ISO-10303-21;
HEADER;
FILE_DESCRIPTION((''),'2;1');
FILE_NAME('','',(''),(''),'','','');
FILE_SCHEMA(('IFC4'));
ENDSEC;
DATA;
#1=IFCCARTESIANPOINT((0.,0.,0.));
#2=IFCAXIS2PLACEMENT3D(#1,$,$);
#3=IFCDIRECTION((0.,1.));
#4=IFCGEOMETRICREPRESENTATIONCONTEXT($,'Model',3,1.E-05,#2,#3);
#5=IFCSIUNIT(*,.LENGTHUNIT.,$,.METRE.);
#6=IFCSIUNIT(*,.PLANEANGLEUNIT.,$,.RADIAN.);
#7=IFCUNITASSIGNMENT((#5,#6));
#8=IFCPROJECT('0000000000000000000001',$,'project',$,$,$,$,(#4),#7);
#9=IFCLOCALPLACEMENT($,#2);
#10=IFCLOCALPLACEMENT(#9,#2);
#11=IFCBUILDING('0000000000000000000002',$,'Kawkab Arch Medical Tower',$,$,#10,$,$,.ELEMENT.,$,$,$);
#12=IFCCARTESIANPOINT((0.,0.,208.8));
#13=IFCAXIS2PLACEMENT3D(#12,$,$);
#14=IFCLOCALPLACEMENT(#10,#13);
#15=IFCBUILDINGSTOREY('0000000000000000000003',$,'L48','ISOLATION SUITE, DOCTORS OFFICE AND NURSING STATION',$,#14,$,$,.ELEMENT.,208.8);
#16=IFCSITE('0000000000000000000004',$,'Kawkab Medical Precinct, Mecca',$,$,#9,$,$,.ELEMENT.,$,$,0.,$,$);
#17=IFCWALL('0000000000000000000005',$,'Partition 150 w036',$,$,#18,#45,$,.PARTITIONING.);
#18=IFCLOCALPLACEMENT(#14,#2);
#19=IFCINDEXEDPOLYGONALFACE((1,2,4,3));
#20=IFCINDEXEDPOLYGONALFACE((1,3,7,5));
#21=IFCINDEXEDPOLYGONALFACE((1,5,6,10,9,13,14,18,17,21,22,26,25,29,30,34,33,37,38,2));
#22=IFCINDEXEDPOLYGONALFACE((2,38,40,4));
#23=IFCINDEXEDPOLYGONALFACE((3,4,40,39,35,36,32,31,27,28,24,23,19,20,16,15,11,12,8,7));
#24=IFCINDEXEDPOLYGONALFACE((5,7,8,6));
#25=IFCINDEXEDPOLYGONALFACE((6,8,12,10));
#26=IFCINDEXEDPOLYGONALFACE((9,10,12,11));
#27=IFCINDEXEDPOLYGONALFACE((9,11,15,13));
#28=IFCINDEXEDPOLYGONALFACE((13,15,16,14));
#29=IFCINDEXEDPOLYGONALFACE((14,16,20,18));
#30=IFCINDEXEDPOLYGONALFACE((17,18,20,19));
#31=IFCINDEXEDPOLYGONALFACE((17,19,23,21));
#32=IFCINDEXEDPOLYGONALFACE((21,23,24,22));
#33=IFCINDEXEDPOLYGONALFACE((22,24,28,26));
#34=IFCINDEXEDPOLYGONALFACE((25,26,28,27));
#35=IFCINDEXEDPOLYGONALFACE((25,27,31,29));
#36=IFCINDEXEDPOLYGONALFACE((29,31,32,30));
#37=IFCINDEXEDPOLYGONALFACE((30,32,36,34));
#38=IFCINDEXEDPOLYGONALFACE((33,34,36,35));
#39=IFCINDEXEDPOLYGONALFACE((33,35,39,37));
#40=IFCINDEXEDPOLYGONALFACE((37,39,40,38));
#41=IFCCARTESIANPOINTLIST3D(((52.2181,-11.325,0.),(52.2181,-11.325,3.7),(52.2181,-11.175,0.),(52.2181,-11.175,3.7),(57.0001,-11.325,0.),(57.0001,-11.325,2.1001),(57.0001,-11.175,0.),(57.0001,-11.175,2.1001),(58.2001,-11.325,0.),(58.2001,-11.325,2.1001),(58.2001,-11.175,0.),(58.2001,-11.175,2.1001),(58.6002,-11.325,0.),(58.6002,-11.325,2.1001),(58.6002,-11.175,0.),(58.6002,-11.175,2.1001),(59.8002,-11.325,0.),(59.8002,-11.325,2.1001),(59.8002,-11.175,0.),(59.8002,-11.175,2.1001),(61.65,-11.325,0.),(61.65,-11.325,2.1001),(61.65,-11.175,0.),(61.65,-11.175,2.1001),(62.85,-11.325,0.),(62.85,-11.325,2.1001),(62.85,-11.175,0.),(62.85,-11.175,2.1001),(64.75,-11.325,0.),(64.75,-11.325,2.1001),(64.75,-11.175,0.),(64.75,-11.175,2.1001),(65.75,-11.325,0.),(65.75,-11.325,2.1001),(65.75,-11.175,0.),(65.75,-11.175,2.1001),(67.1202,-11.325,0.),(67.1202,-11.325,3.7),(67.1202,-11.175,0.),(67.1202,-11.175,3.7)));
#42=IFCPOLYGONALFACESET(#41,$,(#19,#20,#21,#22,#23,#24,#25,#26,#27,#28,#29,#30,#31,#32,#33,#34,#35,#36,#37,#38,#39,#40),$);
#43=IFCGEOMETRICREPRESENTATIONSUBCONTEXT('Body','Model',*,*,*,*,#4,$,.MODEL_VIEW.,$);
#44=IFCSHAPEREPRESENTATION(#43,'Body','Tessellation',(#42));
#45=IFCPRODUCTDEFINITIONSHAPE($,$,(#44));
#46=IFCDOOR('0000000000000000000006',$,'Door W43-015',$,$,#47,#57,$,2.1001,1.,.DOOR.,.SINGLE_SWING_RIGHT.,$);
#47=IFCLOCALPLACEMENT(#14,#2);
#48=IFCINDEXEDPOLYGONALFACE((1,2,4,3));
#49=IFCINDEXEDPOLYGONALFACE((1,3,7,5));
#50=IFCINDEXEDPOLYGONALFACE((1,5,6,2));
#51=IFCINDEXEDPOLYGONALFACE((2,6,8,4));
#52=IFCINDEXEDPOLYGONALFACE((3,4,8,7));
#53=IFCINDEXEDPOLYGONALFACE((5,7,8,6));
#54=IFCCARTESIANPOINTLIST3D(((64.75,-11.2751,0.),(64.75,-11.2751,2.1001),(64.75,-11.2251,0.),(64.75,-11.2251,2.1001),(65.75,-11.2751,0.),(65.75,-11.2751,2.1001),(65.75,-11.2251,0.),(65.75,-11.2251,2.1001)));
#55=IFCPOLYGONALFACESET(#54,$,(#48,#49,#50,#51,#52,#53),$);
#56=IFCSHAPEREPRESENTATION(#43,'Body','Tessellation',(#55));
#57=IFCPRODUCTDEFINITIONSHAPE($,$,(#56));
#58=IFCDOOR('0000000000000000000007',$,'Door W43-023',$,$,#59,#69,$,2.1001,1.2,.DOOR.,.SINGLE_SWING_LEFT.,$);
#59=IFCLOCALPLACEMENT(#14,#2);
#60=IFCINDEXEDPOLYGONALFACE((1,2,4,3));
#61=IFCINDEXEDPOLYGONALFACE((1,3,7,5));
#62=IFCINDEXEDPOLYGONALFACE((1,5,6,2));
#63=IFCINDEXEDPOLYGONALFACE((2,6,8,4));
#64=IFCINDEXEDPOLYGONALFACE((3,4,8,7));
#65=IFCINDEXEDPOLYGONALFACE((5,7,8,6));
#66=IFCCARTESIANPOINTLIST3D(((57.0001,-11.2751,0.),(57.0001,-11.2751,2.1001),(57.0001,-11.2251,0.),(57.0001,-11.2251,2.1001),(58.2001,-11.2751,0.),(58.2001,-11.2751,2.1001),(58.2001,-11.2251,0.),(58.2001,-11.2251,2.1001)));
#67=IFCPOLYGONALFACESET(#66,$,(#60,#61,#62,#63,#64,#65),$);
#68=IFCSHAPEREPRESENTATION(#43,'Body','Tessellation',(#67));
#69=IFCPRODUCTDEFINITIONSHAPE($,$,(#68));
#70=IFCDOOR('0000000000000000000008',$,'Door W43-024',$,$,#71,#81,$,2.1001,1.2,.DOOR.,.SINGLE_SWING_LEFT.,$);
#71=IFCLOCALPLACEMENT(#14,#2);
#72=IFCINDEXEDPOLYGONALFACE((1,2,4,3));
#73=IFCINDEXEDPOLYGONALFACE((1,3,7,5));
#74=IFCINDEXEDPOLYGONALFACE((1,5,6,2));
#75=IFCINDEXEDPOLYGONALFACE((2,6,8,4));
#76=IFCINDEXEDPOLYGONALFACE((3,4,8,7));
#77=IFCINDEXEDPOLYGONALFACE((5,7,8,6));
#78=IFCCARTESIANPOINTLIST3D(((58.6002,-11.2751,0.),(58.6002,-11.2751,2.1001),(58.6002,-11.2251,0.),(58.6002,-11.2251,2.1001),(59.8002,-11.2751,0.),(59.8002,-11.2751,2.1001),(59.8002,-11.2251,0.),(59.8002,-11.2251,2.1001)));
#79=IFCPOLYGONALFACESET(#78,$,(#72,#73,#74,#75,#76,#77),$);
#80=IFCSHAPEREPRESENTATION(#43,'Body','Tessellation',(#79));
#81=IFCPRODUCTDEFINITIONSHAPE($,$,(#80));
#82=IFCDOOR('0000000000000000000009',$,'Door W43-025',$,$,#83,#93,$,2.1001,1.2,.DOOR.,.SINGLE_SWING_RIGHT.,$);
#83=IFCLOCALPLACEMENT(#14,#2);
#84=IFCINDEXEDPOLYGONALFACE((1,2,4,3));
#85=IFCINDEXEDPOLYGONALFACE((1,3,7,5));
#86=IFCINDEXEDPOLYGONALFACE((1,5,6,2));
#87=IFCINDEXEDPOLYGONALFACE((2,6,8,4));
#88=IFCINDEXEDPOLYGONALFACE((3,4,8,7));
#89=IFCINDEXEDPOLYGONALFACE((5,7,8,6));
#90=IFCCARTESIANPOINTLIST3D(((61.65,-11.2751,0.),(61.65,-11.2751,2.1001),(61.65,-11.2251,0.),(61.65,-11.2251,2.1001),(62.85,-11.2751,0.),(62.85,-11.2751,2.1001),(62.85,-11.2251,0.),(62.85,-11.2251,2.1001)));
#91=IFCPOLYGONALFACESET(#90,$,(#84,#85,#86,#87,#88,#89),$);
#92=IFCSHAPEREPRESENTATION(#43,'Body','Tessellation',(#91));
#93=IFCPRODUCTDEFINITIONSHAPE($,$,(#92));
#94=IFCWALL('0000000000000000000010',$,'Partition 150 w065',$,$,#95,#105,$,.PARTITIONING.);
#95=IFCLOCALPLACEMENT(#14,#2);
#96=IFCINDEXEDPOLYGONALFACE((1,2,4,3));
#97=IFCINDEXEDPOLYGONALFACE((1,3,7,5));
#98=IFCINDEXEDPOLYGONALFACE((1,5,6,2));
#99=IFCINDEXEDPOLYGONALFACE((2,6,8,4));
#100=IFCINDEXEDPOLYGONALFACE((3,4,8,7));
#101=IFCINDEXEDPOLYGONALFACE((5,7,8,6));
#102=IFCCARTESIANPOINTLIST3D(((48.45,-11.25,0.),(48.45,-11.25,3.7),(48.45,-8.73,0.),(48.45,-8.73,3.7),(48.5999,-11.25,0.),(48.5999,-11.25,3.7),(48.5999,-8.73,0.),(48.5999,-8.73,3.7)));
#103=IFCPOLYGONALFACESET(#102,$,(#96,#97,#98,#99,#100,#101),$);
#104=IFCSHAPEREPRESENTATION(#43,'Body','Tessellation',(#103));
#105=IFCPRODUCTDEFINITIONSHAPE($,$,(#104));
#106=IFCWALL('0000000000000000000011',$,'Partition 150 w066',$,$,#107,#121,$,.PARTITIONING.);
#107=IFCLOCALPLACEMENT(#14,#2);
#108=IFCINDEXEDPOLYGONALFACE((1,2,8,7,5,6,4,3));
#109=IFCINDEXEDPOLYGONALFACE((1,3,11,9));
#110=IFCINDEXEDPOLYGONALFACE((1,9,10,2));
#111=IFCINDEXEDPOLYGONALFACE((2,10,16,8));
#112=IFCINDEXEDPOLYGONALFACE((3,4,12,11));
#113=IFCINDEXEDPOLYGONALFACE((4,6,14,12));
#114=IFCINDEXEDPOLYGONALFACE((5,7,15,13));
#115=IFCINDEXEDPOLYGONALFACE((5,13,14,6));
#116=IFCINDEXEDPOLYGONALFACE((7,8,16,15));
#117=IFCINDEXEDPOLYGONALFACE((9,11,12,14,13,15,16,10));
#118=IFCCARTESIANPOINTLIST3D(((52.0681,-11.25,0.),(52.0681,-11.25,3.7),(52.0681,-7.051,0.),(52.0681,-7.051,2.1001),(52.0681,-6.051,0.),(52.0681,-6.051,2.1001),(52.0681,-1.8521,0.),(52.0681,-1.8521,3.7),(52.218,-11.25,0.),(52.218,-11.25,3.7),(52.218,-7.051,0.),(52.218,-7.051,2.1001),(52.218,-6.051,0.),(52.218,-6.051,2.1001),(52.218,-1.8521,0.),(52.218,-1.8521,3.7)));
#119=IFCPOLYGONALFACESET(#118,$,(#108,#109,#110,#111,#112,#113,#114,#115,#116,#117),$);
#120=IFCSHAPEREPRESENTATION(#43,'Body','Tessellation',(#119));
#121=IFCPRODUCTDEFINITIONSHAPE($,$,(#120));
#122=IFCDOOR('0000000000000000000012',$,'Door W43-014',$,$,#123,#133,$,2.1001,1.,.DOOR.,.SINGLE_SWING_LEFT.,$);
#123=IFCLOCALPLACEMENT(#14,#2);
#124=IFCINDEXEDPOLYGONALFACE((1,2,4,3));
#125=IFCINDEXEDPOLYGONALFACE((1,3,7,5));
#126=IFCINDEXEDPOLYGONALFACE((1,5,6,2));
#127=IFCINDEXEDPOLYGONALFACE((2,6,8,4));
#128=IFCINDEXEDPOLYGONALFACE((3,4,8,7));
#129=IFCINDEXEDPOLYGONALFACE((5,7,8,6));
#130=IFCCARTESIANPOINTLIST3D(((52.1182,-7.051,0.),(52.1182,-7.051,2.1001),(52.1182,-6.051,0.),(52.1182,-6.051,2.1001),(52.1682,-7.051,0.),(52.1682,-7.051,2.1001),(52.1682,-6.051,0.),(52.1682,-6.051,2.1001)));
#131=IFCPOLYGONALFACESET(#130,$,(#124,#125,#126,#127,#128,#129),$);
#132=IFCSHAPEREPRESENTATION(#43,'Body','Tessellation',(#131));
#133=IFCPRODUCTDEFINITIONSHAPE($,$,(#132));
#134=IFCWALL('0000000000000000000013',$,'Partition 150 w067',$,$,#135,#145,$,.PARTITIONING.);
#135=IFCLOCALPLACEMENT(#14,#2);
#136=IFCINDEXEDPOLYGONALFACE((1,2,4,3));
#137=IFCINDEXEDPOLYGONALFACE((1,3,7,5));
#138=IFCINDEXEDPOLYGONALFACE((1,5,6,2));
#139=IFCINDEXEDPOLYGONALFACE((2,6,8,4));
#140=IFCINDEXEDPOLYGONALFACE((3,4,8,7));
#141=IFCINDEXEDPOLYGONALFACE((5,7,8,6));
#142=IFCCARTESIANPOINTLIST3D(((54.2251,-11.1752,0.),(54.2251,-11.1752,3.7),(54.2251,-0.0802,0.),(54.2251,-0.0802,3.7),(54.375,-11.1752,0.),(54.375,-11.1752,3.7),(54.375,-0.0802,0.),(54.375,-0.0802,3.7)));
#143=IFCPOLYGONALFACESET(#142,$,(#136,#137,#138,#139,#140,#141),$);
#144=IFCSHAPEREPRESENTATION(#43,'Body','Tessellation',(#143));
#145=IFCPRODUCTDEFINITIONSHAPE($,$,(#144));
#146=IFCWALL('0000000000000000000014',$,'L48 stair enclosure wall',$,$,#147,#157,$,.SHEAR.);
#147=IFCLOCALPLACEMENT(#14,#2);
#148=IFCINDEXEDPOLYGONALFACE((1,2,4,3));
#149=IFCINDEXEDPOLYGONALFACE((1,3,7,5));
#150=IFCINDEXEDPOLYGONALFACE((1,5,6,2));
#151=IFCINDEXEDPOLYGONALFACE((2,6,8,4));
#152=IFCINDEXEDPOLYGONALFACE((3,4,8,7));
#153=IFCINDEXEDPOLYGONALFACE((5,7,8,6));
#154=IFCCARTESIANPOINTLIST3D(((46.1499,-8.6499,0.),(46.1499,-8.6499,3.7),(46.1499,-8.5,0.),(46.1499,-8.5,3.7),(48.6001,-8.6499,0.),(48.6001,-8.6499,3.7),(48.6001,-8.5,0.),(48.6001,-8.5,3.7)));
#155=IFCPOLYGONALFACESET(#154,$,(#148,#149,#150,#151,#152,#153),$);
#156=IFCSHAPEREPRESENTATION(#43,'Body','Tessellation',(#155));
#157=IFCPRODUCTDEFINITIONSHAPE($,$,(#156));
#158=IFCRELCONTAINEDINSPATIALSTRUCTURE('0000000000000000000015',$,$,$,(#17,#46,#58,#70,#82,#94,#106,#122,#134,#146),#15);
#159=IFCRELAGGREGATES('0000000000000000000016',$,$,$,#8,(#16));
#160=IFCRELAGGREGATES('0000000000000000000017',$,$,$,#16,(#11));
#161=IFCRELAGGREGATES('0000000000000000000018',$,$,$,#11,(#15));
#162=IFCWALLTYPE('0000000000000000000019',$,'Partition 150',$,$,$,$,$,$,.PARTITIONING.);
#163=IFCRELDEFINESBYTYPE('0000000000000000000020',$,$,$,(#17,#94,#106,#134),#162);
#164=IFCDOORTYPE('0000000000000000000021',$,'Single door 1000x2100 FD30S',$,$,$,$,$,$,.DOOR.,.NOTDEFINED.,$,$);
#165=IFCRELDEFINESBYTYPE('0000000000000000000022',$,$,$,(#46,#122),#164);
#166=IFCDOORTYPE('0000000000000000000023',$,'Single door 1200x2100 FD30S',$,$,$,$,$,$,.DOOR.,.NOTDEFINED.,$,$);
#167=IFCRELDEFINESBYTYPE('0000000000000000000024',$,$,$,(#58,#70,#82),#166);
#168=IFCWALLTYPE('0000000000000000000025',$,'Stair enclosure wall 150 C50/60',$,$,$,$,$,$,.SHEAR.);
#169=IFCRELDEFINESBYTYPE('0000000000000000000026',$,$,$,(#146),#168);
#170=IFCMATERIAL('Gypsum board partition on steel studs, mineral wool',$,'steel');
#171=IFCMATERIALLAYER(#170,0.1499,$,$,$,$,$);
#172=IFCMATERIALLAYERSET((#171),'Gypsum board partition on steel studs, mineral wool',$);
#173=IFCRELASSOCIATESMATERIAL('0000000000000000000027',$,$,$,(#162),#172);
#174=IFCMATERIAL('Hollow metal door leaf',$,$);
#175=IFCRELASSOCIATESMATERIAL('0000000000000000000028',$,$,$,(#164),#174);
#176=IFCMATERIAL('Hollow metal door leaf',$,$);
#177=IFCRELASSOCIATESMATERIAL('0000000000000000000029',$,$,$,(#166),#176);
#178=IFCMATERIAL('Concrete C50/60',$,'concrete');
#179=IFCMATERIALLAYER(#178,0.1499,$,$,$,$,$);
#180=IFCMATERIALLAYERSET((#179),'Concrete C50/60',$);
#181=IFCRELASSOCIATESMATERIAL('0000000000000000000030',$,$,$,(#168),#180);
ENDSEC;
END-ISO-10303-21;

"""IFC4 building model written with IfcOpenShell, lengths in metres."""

from ifc_helpers import new_model, si_unit, direction, frame, frame_2d, origin, place, context, subcontext, project, spatial, rectangle, extrude, material, layer, layer_set, type_object, element, fill, save


model = new_model("IFC4")

# Units and contexts
model_context = context("Model", 3, precision=1e-05, world=origin(), true_north=direction((0.0, 1.0)))
body_context = subcontext(model_context, "Body", "Model", "MODEL_VIEW")
ifc_project = project(units=[si_unit("LENGTHUNIT", "METRE"), si_unit("PLANEANGLEUNIT", "RADIAN")], contexts=[model_context])

# Site, building, storey
site_placement = place(None, origin())
site = spatial("IfcSite", under=ifc_project, at=site_placement, Name="Kawkab Medical Precinct, Mecca", CompositionType="ELEMENT", RefElevation=0.0)
building_placement = place(site_placement, origin())
building = spatial("IfcBuilding", under=site, at=building_placement, Name="Kawkab Arch Medical Tower", CompositionType="ELEMENT")
storey_placement = place(building_placement, frame((0.0, 0.0, 208.8)))
storey = spatial("IfcBuildingStorey", under=building, at=storey_placement, Name="L48", Description="ISOLATION SUITE, DOCTORS OFFICE AND NURSING STATION", CompositionType="ELEMENT", Elevation=208.8)

# Wall, openings, doors
ifc_material_1 = material(Name="Gypsum board partition on steel studs, mineral wool", Category="steel")
ifc_layer_1 = layer(ifc_material_1, 0.1499)
ifc_layer_set_1 = layer_set([ifc_layer_1], Name="Gypsum board partition on steel studs, mineral wool")
wall_type_1 = type_object("IfcWallType", Name="Partition 150", PredefinedType="PARTITIONING", material=ifc_layer_set_1)
wall_1_placement = place(storey_placement, frame((52.218, -11.25, 0.0), z_axis=(0.0, 0.0, 1.0), x_axis=(1.0, 0.0, 0.0)))
wall_1 = element("IfcWall", 1, at=wall_1_placement, inside=storey, type_object=wall_type_1, Name="Partition 150 w036", PredefinedType="PARTITIONING", context=body_context, shape_type="SweptSolid", body=[
    extrude(rectangle(XDim=14.9021, YDim=0.1499, at=frame_2d((7.4512, 0.0))), origin(), (0.0, 0.0, 1.0), 3.7),
])
opening_1_placement = place(wall_1_placement, frame((4.782, 0.0, 0.0)))
opening_1 = element("IfcOpeningElement", 2, at=opening_1_placement, cuts=wall_1, PredefinedType="OPENING", context=body_context, shape_type="SweptSolid", body=[
    extrude(rectangle(XDim=1.2, YDim=2.1001, at=frame_2d((0.6001, 1.05))), frame((0.0, 0.085, 0.0), z_axis=(0.0, -1.0, 0.0), x_axis=(1.0, 0.0, 0.0)), (0.0, 0.0, 1.0), 0.1699),
])
opening_2_placement = place(wall_1_placement, frame((6.3821, 0.0, 0.0)))
opening_2 = element("IfcOpeningElement", 3, at=opening_2_placement, cuts=wall_1, PredefinedType="OPENING", context=body_context, shape_type="SweptSolid", body=[
    extrude(rectangle(XDim=1.2, YDim=2.1001, at=frame_2d((0.6001, 1.05))), frame((0.0, 0.085, 0.0), z_axis=(0.0, -1.0, 0.0), x_axis=(1.0, 0.0, 0.0)), (0.0, 0.0, 1.0), 0.1699),
])
opening_3_placement = place(wall_1_placement, frame((9.4319, 0.0, 0.0)))
opening_3 = element("IfcOpeningElement", 4, at=opening_3_placement, cuts=wall_1, PredefinedType="OPENING", context=body_context, shape_type="SweptSolid", body=[
    extrude(rectangle(XDim=1.2, YDim=2.1001, at=frame_2d((0.6001, 1.05))), frame((0.0, 0.085, 0.0), z_axis=(0.0, -1.0, 0.0), x_axis=(1.0, 0.0, 0.0)), (0.0, 0.0, 1.0), 0.1699),
])
opening_4_placement = place(wall_1_placement, frame((12.532, 0.0, 0.0)))
opening_4 = element("IfcOpeningElement", 5, at=opening_4_placement, cuts=wall_1, PredefinedType="OPENING", context=body_context, shape_type="SweptSolid", body=[
    extrude(rectangle(XDim=1.0, YDim=2.1001, at=frame_2d((0.5, 1.05))), frame((0.0, 0.085, 0.0), z_axis=(0.0, -1.0, 0.0), x_axis=(1.0, 0.0, 0.0)), (0.0, 0.0, 1.0), 0.1699),
])
ifc_material_2 = material(Name="Hollow metal door leaf")
door_type_1 = type_object("IfcDoorType", Name="Single door 1000x2100 FD30S", OperationType="NOTDEFINED", PredefinedType="DOOR", material=ifc_material_2)
door_1_placement = place(opening_4_placement, origin())
door_1 = element("IfcDoor", 6, at=door_1_placement, inside=storey, type_object=door_type_1, Name="Door W43-015", OperationType="SINGLE_SWING_RIGHT", OverallHeight=2.1001, OverallWidth=1.0, PredefinedType="DOOR", context=body_context, shape_type="SweptSolid", body=[
    extrude(rectangle(XDim=1.0, YDim=2.1001, at=frame_2d((0.5, 1.05))), frame((0.0, 0.0249, 0.0), z_axis=(0.0, -1.0, 0.0), x_axis=(1.0, 0.0, 0.0)), (0.0, 0.0, 1.0), 0.05),
])
fill(opening_4, door_1)
ifc_material_3 = material(Name="Hollow metal door leaf")
door_type_2 = type_object("IfcDoorType", Name="Single door 1200x2100 FD30S", OperationType="NOTDEFINED", PredefinedType="DOOR", material=ifc_material_3)
door_2_placement = place(opening_1_placement, origin())
door_2 = element("IfcDoor", 7, at=door_2_placement, inside=storey, type_object=door_type_2, Name="Door W43-023", OperationType="SINGLE_SWING_LEFT", OverallHeight=2.1001, OverallWidth=1.2, PredefinedType="DOOR", context=body_context, shape_type="SweptSolid", body=[
    extrude(rectangle(XDim=1.2, YDim=2.1001, at=frame_2d((0.6001, 1.05))), frame((0.0, 0.0249, 0.0), z_axis=(0.0, -1.0, 0.0), x_axis=(1.0, 0.0, 0.0)), (0.0, 0.0, 1.0), 0.05),
])
fill(opening_1, door_2)
door_3_placement = place(opening_2_placement, origin())
door_3 = element("IfcDoor", 8, at=door_3_placement, inside=storey, type_object=door_type_2, Name="Door W43-024", OperationType="SINGLE_SWING_LEFT", OverallHeight=2.1001, OverallWidth=1.2, PredefinedType="DOOR", context=body_context, shape_type="SweptSolid", body=[
    extrude(rectangle(XDim=1.2, YDim=2.1001, at=frame_2d((0.6001, 1.05))), frame((0.0, 0.0249, 0.0), z_axis=(0.0, -1.0, 0.0), x_axis=(1.0, 0.0, 0.0)), (0.0, 0.0, 1.0), 0.05),
])
fill(opening_2, door_3)
door_4_placement = place(opening_3_placement, origin())
door_4 = element("IfcDoor", 9, at=door_4_placement, inside=storey, type_object=door_type_2, Name="Door W43-025", OperationType="SINGLE_SWING_RIGHT", OverallHeight=2.1001, OverallWidth=1.2, PredefinedType="DOOR", context=body_context, shape_type="SweptSolid", body=[
    extrude(rectangle(XDim=1.2, YDim=2.1001, at=frame_2d((0.6001, 1.05))), frame((0.0, 0.0249, 0.0), z_axis=(0.0, -1.0, 0.0), x_axis=(1.0, 0.0, 0.0)), (0.0, 0.0, 1.0), 0.05),
])
fill(opening_3, door_4)

# Wall
wall_2_placement = place(storey_placement, frame((48.5249, -11.25, 0.0), z_axis=(0.0, 0.0, 1.0), x_axis=(0.0, 1.0, 0.0)))
element("IfcWall", 10, at=wall_2_placement, inside=storey, type_object=wall_type_1, Name="Partition 150 w065", PredefinedType="PARTITIONING", context=body_context, shape_type="SweptSolid", body=[
    extrude(rectangle(XDim=2.52, YDim=0.1499, at=frame_2d((1.26, 0.0))), origin(), (0.0, 0.0, 1.0), 3.7),
])

# Wall, opening, door
wall_3_placement = place(storey_placement, frame((52.1431, -11.25, 0.0), z_axis=(0.0, 0.0, 1.0), x_axis=(0.0, 1.0, 0.0)))
wall_3 = element("IfcWall", 11, at=wall_3_placement, inside=storey, type_object=wall_type_1, Name="Partition 150 w066", PredefinedType="PARTITIONING", context=body_context, shape_type="SweptSolid", body=[
    extrude(rectangle(XDim=9.3979, YDim=0.1499, at=frame_2d((4.699, 0.0))), origin(), (0.0, 0.0, 1.0), 3.7),
])
opening_5_placement = place(wall_3_placement, frame((4.199, 0.0, 0.0)))
opening_5 = element("IfcOpeningElement", 12, at=opening_5_placement, cuts=wall_3, PredefinedType="OPENING", context=body_context, shape_type="SweptSolid", body=[
    extrude(rectangle(XDim=1.0, YDim=2.1001, at=frame_2d((0.5, 1.05))), frame((0.0, 0.085, 0.0), z_axis=(0.0, -1.0, 0.0), x_axis=(1.0, 0.0, 0.0)), (0.0, 0.0, 1.0), 0.1699),
])
door_5_placement = place(opening_5_placement, origin())
door_5 = element("IfcDoor", 13, at=door_5_placement, inside=storey, type_object=door_type_1, Name="Door W43-014", OperationType="SINGLE_SWING_LEFT", OverallHeight=2.1001, OverallWidth=1.0, PredefinedType="DOOR", context=body_context, shape_type="SweptSolid", body=[
    extrude(rectangle(XDim=1.0, YDim=2.1001, at=frame_2d((0.5, 1.05))), frame((0.0, 0.0249, 0.0), z_axis=(0.0, -1.0, 0.0), x_axis=(1.0, 0.0, 0.0)), (0.0, 0.0, 1.0), 0.05),
])
fill(opening_5, door_5)

# Walls
wall_4_placement = place(storey_placement, frame((54.3, -11.175, 0.0), z_axis=(0.0, 0.0, 1.0), x_axis=(0.0, 1.0, 0.0)))
element("IfcWall", 14, at=wall_4_placement, inside=storey, type_object=wall_type_1, Name="Partition 150 w067", PredefinedType="PARTITIONING", context=body_context, shape_type="SweptSolid", body=[
    extrude(rectangle(XDim=11.095, YDim=0.1499, at=frame_2d((5.5474, 0.0))), origin(), (0.0, 0.0, 1.0), 3.7),
])
ifc_material_4 = material(Name="Concrete C50/60", Category="concrete")
ifc_layer_2 = layer(ifc_material_4, 0.1499)
ifc_layer_set_2 = layer_set([ifc_layer_2], Name="Concrete C50/60")
wall_type_2 = type_object("IfcWallType", Name="Stair enclosure wall 150 C50/60", PredefinedType="SHEAR", material=ifc_layer_set_2)
wall_5_placement = place(storey_placement, frame((46.1499, -8.575, 0.0), z_axis=(0.0, 0.0, 1.0), x_axis=(1.0, 0.0, 0.0)))
element("IfcWall", 15, at=wall_5_placement, inside=storey, type_object=wall_type_2, Name="L48 stair enclosure wall", PredefinedType="SHEAR", context=body_context, shape_type="SweptSolid", body=[
    extrude(rectangle(XDim=2.4502, YDim=0.1499, at=frame_2d((1.2251, 0.0))), origin(), (0.0, 0.0, 1.0), 3.7),
])

save(model, "model.ifc")
